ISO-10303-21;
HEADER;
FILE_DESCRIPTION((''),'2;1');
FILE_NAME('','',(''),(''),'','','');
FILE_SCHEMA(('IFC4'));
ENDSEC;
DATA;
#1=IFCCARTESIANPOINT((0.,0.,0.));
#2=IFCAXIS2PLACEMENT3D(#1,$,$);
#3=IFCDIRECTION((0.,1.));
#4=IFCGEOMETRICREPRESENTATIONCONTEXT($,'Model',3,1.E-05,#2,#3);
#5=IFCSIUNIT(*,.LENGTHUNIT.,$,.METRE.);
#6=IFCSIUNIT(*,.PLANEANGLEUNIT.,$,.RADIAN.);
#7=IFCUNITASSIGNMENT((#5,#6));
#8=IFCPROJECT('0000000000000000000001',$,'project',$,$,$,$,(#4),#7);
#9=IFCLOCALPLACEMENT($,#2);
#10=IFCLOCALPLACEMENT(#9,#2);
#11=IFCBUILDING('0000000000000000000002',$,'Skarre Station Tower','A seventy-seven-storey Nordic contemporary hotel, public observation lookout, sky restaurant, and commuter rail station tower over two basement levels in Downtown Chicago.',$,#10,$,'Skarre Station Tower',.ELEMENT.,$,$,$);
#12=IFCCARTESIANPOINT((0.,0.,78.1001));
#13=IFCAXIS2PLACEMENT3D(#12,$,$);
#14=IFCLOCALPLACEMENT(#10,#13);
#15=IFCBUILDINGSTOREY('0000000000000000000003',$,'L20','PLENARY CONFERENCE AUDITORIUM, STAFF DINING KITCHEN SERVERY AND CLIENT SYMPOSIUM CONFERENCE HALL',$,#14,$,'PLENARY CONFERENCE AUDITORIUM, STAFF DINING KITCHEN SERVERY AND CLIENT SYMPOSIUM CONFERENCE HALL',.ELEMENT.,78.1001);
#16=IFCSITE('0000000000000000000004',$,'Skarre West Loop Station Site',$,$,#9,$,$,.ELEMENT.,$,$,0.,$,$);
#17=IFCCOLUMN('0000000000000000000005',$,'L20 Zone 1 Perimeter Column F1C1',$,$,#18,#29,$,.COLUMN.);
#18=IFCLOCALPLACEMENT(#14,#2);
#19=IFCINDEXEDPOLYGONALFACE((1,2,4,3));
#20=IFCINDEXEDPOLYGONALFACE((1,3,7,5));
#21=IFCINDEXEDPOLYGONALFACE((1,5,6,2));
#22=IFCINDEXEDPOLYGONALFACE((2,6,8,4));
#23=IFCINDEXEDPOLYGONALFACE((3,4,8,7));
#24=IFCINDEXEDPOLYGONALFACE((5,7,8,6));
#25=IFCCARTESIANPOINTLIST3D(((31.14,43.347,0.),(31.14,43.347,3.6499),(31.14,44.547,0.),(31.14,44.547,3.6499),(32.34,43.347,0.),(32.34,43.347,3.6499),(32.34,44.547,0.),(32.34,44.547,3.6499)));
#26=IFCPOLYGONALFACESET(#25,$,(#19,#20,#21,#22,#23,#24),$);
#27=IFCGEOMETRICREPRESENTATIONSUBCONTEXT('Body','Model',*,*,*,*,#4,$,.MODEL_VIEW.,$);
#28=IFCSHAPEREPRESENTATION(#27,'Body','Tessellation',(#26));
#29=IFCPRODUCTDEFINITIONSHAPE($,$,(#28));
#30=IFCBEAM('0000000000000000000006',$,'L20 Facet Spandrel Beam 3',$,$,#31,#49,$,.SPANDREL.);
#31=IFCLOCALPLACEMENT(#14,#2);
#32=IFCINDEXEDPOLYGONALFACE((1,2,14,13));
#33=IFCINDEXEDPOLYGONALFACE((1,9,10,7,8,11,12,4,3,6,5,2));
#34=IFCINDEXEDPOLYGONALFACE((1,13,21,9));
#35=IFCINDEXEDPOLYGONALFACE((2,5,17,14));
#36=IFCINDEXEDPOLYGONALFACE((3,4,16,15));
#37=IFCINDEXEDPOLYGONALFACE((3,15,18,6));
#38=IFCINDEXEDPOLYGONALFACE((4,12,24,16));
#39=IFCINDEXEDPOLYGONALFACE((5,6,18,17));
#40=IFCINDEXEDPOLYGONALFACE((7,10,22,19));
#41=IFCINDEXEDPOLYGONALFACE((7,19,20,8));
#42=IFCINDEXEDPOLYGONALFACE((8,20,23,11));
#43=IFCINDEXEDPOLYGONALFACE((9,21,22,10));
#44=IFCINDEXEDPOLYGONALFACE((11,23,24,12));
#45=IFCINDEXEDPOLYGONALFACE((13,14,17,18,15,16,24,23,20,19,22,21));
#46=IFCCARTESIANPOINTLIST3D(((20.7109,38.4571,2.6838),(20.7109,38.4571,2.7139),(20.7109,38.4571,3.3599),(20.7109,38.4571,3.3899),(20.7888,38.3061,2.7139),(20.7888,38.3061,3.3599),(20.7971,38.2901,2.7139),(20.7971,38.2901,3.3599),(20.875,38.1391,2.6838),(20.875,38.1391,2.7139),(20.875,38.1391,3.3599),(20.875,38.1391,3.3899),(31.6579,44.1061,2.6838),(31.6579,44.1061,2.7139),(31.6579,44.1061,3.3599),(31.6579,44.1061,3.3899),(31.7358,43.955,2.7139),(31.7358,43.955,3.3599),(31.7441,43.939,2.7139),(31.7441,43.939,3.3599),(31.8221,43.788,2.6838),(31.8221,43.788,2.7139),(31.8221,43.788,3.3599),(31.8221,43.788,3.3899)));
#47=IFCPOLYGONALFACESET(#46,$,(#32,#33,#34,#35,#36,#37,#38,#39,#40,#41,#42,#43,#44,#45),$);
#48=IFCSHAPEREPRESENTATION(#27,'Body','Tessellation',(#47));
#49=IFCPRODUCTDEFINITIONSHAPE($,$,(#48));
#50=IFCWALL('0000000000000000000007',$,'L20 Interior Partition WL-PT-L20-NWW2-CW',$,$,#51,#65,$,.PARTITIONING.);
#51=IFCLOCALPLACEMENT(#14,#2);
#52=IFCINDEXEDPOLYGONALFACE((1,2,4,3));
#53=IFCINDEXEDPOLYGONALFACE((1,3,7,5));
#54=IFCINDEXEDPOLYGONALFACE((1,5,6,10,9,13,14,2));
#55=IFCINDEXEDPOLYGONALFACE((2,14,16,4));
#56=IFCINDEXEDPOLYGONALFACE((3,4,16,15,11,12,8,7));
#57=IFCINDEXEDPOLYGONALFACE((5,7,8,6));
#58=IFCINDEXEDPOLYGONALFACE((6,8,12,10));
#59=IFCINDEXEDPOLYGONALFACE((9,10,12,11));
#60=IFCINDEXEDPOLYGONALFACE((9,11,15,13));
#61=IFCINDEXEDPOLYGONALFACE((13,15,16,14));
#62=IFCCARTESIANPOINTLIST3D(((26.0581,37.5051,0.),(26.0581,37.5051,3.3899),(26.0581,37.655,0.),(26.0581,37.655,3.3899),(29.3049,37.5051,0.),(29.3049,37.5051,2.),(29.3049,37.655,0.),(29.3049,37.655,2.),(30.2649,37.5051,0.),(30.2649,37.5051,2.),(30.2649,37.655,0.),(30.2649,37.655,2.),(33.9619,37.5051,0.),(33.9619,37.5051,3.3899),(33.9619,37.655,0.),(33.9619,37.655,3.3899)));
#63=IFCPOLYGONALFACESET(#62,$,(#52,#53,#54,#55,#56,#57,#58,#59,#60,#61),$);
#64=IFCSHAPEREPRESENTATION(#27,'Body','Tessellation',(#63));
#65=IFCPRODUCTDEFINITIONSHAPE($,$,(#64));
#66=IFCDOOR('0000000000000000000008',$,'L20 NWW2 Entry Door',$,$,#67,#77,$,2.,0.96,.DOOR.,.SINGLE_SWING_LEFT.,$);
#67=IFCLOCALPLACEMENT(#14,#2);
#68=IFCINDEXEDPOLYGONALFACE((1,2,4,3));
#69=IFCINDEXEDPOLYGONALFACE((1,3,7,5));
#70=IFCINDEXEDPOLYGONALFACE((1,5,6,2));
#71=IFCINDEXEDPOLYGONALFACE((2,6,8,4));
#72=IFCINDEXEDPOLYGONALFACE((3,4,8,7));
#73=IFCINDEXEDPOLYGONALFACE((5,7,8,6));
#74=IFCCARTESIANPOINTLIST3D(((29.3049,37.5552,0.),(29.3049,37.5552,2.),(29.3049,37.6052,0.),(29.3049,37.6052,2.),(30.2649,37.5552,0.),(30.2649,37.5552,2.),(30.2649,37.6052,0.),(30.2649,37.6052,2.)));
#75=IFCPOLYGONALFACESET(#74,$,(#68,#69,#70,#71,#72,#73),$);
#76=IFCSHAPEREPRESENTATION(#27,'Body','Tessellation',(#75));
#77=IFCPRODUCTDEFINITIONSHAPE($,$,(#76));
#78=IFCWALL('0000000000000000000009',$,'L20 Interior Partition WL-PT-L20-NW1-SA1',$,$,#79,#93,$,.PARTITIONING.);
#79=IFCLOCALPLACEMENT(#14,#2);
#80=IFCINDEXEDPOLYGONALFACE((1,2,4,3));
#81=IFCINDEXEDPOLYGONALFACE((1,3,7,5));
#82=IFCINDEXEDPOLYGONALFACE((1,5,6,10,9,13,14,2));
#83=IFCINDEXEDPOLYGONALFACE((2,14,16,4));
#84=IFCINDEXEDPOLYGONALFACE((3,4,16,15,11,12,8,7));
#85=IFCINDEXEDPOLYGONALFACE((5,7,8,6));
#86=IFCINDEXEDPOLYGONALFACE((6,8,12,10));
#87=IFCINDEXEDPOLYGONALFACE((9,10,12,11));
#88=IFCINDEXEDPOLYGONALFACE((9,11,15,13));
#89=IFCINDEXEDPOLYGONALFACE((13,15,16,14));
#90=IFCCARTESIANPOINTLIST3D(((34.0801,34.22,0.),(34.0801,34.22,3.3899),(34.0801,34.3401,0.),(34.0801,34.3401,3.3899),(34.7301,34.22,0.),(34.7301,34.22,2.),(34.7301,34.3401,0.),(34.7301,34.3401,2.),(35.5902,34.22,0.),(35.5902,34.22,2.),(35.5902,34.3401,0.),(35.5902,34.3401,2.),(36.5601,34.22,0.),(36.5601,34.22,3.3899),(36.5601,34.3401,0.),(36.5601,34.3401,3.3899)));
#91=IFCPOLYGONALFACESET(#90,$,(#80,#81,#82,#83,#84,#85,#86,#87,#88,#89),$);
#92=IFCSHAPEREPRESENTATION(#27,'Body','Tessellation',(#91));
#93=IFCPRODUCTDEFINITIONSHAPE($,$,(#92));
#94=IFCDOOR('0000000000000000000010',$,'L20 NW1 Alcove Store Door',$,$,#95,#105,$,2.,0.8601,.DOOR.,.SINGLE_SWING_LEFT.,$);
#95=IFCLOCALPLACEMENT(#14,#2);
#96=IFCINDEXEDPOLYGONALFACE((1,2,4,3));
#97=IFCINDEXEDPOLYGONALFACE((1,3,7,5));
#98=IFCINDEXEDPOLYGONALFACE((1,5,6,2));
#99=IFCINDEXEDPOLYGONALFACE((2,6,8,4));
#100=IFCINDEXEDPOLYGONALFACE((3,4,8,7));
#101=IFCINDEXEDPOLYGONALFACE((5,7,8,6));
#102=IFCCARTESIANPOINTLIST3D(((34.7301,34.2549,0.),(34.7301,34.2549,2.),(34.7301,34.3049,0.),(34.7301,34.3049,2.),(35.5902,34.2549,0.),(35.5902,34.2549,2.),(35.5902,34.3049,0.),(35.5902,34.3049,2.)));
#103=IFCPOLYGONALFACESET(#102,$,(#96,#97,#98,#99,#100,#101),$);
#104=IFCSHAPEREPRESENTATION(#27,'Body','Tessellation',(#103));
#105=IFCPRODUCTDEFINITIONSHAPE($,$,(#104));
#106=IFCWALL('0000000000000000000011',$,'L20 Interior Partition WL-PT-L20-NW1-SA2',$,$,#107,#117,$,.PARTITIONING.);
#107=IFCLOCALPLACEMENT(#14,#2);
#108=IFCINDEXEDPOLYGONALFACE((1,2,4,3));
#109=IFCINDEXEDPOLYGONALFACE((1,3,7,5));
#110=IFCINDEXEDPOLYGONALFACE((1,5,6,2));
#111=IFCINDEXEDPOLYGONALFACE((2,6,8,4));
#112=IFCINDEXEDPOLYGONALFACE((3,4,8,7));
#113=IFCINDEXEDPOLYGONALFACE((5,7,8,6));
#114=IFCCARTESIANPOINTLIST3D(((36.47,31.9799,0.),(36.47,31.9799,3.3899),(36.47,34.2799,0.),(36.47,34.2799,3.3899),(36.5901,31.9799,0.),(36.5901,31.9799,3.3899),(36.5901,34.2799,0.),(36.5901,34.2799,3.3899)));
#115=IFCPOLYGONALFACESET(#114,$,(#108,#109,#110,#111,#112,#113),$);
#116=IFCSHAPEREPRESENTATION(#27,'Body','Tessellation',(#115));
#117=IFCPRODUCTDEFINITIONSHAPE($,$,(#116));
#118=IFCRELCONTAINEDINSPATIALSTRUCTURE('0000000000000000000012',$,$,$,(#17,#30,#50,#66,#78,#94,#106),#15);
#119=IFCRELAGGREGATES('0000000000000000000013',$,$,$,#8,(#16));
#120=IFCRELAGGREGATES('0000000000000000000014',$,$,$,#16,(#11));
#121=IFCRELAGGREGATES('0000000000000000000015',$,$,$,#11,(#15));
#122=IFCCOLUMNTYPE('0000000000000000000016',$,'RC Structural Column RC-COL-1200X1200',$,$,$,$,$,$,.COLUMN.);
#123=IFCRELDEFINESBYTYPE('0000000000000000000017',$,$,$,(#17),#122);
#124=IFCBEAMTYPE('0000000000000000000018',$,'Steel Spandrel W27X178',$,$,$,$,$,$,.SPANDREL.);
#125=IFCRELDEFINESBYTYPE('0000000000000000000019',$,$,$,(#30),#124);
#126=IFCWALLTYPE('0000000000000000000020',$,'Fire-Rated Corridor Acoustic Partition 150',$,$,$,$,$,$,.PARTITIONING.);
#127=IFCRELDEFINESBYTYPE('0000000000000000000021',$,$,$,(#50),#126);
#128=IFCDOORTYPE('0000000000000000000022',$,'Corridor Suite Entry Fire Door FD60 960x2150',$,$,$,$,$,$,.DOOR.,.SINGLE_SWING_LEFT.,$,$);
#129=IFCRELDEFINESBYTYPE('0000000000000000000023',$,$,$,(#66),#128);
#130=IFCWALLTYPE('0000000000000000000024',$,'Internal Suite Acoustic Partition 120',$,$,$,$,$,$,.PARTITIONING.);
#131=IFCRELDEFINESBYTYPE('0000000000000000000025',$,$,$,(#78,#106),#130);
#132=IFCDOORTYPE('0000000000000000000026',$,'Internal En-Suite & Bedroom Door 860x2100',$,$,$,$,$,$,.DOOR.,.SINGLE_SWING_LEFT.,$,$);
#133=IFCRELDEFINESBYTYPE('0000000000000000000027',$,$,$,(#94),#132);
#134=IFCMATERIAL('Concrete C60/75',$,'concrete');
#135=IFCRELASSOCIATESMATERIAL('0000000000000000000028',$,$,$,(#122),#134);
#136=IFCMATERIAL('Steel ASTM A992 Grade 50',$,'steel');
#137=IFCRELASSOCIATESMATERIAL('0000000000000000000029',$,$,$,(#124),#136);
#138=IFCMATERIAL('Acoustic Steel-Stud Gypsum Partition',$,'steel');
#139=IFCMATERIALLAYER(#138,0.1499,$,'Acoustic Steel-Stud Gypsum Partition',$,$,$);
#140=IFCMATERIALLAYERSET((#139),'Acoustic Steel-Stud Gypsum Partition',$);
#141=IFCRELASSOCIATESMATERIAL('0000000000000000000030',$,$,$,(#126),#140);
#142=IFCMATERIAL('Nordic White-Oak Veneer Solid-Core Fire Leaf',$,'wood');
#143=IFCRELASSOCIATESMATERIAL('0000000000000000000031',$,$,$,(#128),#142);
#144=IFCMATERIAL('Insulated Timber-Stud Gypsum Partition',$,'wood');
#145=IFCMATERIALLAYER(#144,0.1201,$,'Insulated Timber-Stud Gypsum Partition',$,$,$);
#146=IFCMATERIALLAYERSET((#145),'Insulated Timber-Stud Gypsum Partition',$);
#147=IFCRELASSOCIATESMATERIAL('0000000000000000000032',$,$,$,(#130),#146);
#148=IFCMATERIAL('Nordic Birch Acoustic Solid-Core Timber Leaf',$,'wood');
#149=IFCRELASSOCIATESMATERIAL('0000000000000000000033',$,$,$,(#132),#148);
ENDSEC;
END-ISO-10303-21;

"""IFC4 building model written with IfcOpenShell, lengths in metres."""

from ifc_helpers import new_model, si_unit, direction, frame, frame_2d, origin, origin_2d, place, context, subcontext, project, spatial, rectangle, i_section, extrude, material, layer, layer_set, material_profile, profile_set, type_object, element, fill, save


model = new_model("IFC4")

# Units and contexts
model_context = context("Model", 3, precision=1e-05, world=origin(), true_north=direction((0.0, 1.0)))
body_context = subcontext(model_context, "Body", "Model", "MODEL_VIEW")
ifc_project = project(units=[si_unit("LENGTHUNIT", "METRE"), si_unit("PLANEANGLEUNIT", "RADIAN")], contexts=[model_context])

# Site, building, storey
site_placement = place(None, origin())
site = spatial("IfcSite", under=ifc_project, at=site_placement, Name="Skarre West Loop Station Site", CompositionType="ELEMENT", RefElevation=0.0)
building_placement = place(site_placement, origin())
building = spatial("IfcBuilding", under=site, at=building_placement, Name="Skarre Station Tower", Description="A seventy-seven-storey Nordic contemporary hotel, public observation lookout, sky restaurant, and commuter rail station tower over two basement levels in Downtown Chicago.", LongName="Skarre Station Tower", CompositionType="ELEMENT")
storey_placement = place(building_placement, frame((0.0, 0.0, 78.1001)))
storey = spatial("IfcBuildingStorey", under=building, at=storey_placement, Name="L20", Description="PLENARY CONFERENCE AUDITORIUM, STAFF DINING KITCHEN SERVERY AND CLIENT SYMPOSIUM CONFERENCE HALL", LongName="PLENARY CONFERENCE AUDITORIUM, STAFF DINING KITCHEN SERVERY AND CLIENT SYMPOSIUM CONFERENCE HALL", CompositionType="ELEMENT", Elevation=78.1001)

# Column
ifc_material_1 = material(Name="Concrete C60/75", Category="concrete")
ifc_material_profile_1 = material_profile(ifc_material_1, rectangle(XDim=1.2, YDim=1.2, at=origin_2d()), Name="Concrete C60/75")
ifc_profile_set_1 = profile_set([ifc_material_profile_1], Name="Concrete C60/75")
column_type = type_object("IfcColumnType", Name="RC Structural Column RC-COL-1200X1200", PredefinedType="COLUMN", material=ifc_profile_set_1)
column_placement = place(storey_placement, frame((31.74, 43.947, 0.0), z_axis=(0.0, 0.0, 1.0), x_axis=(1.0, 0.0, 0.0)))
element("IfcColumn", 1, at=column_placement, inside=storey, type_object=column_type, Name="L20 Zone 1 Perimeter Column F1C1", PredefinedType="COLUMN", context=body_context, shape_type="SweptSolid", body=[
    extrude(rectangle(XDim=1.2, YDim=1.2, at=origin_2d()), origin(), (0.0, 0.0, 1.0), 3.6499),
])

# Beam
ifc_material_2 = material(Name="Steel ASTM A992 Grade 50", Category="steel")
ifc_material_profile_2 = material_profile(ifc_material_2, i_section(OverallWidth=0.3579, OverallDepth=0.7061, WebThickness=0.0181, FlangeThickness=0.03, at=origin_2d()), Name="Steel ASTM A992 Grade 50")
ifc_profile_set_2 = profile_set([ifc_material_profile_2], Name="Steel ASTM A992 Grade 50")
beam_type = type_object("IfcBeamType", Name="Steel Spandrel W27X178", PredefinedType="SPANDREL", material=ifc_profile_set_2)
beam_placement = place(storey_placement, frame((31.74, 43.947, 3.0369), z_axis=(-0.888659, -0.458569, 0.0), x_axis=(0.458569, -0.888659, 0.0)))
element("IfcBeam", 2, at=beam_placement, inside=storey, type_object=beam_type, Name="L20 Facet Spandrel Beam 3", PredefinedType="SPANDREL", context=body_context, shape_type="SweptSolid", body=[
    extrude(i_section(OverallWidth=0.3579, OverallDepth=0.7061, WebThickness=0.0181, FlangeThickness=0.03, at=origin_2d()), origin(), (0.0, 0.0, 1.0), 12.3186),
])

# Walls, openings, doors
ifc_material_3 = material(Name="Acoustic Steel-Stud Gypsum Partition", Category="steel")
ifc_layer_1 = layer(ifc_material_3, 0.1499, Name="Acoustic Steel-Stud Gypsum Partition")
ifc_layer_set_1 = layer_set([ifc_layer_1], Name="Acoustic Steel-Stud Gypsum Partition")
wall_type_1 = type_object("IfcWallType", Name="Fire-Rated Corridor Acoustic Partition 150", PredefinedType="PARTITIONING", material=ifc_layer_set_1)
wall_1_placement = place(storey_placement, frame((33.9619, 37.5801, 0.0), z_axis=(0.0, 0.0, 1.0), x_axis=(-1.0, 0.0, 0.0)))
wall_1 = element("IfcWall", 3, at=wall_1_placement, inside=storey, type_object=wall_type_1, Name="L20 Interior Partition WL-PT-L20-NWW2-CW", PredefinedType="PARTITIONING", context=body_context, shape_type="SweptSolid", body=[
    extrude(rectangle(XDim=7.9038, YDim=0.1499, at=frame_2d((3.9519, 0.0))), origin(), (0.0, 0.0, 1.0), 3.3899),
])
opening_1_placement = place(wall_1_placement, frame((3.697, 0.0, 0.0)))
opening_1 = element("IfcOpeningElement", 4, at=opening_1_placement, cuts=wall_1, PredefinedType="OPENING", context=body_context, shape_type="SweptSolid", body=[
    extrude(rectangle(XDim=0.96, YDim=2.0, at=frame_2d((0.48, 1.0))), frame((0.0, 0.085, 0.0), z_axis=(0.0, -1.0, 0.0), x_axis=(1.0, 0.0, 0.0)), (0.0, 0.0, 1.0), 0.1699),
])
ifc_material_4 = material(Name="Nordic White-Oak Veneer Solid-Core Fire Leaf", Category="wood")
door_type_1 = type_object("IfcDoorType", Name="Corridor Suite Entry Fire Door FD60 960x2150", OperationType="SINGLE_SWING_LEFT", PredefinedType="DOOR", material=ifc_material_4)
door_1_placement = place(opening_1_placement, origin())
door_1 = element("IfcDoor", 5, at=door_1_placement, inside=storey, type_object=door_type_1, Name="L20 NWW2 Entry Door", OperationType="SINGLE_SWING_LEFT", OverallHeight=2.0, OverallWidth=0.96, PredefinedType="DOOR", context=body_context, shape_type="SweptSolid", body=[
    extrude(rectangle(XDim=0.96, YDim=2.0, at=frame_2d((0.48, 1.0))), frame((0.0, 0.0249, 0.0), z_axis=(0.0, -1.0, 0.0), x_axis=(1.0, 0.0, 0.0)), (0.0, 0.0, 1.0), 0.05),
])
fill(opening_1, door_1)
ifc_material_5 = material(Name="Insulated Timber-Stud Gypsum Partition", Category="wood")
ifc_layer_2 = layer(ifc_material_5, 0.1201, Name="Insulated Timber-Stud Gypsum Partition")
ifc_layer_set_2 = layer_set([ifc_layer_2], Name="Insulated Timber-Stud Gypsum Partition")
wall_type_2 = type_object("IfcWallType", Name="Internal Suite Acoustic Partition 120", PredefinedType="PARTITIONING", material=ifc_layer_set_2)
wall_2_placement = place(storey_placement, frame((34.0801, 34.28, 0.0), z_axis=(0.0, 0.0, 1.0), x_axis=(1.0, 0.0, 0.0)))
wall_2 = element("IfcWall", 6, at=wall_2_placement, inside=storey, type_object=wall_type_2, Name="L20 Interior Partition WL-PT-L20-NW1-SA1", PredefinedType="PARTITIONING", context=body_context, shape_type="SweptSolid", body=[
    extrude(rectangle(XDim=2.48, YDim=0.1201, at=frame_2d((1.24, 0.0))), origin(), (0.0, 0.0, 1.0), 3.3899),
])
opening_2_placement = place(wall_2_placement, frame((0.6499, 0.0, 0.0)))
opening_2 = element("IfcOpeningElement", 7, at=opening_2_placement, cuts=wall_2, PredefinedType="OPENING", context=body_context, shape_type="SweptSolid", body=[
    extrude(rectangle(XDim=0.8601, YDim=2.0, at=frame_2d((0.4302, 1.0))), frame((0.0, 0.0701, 0.0), z_axis=(0.0, -1.0, 0.0), x_axis=(1.0, 0.0, 0.0)), (0.0, 0.0, 1.0), 0.1401),
])
ifc_material_6 = material(Name="Nordic Birch Acoustic Solid-Core Timber Leaf", Category="wood")
door_type_2 = type_object("IfcDoorType", Name="Internal En-Suite & Bedroom Door 860x2100", OperationType="SINGLE_SWING_LEFT", PredefinedType="DOOR", material=ifc_material_6)
door_2_placement = place(opening_2_placement, origin())
door_2 = element("IfcDoor", 8, at=door_2_placement, inside=storey, type_object=door_type_2, Name="L20 NW1 Alcove Store Door", OperationType="SINGLE_SWING_LEFT", OverallHeight=2.0, OverallWidth=0.8601, PredefinedType="DOOR", context=body_context, shape_type="SweptSolid", body=[
    extrude(rectangle(XDim=0.8601, YDim=2.0, at=frame_2d((0.4302, 1.0))), frame((0.0, 0.0249, 0.0), z_axis=(0.0, -1.0, 0.0), x_axis=(1.0, 0.0, 0.0)), (0.0, 0.0, 1.0), 0.05),
])
fill(opening_2, door_2)

# Wall
wall_3_placement = place(storey_placement, frame((36.53, 31.98, 0.0), z_axis=(0.0, 0.0, 1.0), x_axis=(0.0, 1.0, 0.0)))
element("IfcWall", 9, at=wall_3_placement, inside=storey, type_object=wall_type_2, Name="L20 Interior Partition WL-PT-L20-NW1-SA2", PredefinedType="PARTITIONING", context=body_context, shape_type="SweptSolid", body=[
    extrude(rectangle(XDim=2.3, YDim=0.1201, at=frame_2d((1.1499, 0.0))), origin(), (0.0, 0.0, 1.0), 3.3899),
])

save(model, "model.ifc")
